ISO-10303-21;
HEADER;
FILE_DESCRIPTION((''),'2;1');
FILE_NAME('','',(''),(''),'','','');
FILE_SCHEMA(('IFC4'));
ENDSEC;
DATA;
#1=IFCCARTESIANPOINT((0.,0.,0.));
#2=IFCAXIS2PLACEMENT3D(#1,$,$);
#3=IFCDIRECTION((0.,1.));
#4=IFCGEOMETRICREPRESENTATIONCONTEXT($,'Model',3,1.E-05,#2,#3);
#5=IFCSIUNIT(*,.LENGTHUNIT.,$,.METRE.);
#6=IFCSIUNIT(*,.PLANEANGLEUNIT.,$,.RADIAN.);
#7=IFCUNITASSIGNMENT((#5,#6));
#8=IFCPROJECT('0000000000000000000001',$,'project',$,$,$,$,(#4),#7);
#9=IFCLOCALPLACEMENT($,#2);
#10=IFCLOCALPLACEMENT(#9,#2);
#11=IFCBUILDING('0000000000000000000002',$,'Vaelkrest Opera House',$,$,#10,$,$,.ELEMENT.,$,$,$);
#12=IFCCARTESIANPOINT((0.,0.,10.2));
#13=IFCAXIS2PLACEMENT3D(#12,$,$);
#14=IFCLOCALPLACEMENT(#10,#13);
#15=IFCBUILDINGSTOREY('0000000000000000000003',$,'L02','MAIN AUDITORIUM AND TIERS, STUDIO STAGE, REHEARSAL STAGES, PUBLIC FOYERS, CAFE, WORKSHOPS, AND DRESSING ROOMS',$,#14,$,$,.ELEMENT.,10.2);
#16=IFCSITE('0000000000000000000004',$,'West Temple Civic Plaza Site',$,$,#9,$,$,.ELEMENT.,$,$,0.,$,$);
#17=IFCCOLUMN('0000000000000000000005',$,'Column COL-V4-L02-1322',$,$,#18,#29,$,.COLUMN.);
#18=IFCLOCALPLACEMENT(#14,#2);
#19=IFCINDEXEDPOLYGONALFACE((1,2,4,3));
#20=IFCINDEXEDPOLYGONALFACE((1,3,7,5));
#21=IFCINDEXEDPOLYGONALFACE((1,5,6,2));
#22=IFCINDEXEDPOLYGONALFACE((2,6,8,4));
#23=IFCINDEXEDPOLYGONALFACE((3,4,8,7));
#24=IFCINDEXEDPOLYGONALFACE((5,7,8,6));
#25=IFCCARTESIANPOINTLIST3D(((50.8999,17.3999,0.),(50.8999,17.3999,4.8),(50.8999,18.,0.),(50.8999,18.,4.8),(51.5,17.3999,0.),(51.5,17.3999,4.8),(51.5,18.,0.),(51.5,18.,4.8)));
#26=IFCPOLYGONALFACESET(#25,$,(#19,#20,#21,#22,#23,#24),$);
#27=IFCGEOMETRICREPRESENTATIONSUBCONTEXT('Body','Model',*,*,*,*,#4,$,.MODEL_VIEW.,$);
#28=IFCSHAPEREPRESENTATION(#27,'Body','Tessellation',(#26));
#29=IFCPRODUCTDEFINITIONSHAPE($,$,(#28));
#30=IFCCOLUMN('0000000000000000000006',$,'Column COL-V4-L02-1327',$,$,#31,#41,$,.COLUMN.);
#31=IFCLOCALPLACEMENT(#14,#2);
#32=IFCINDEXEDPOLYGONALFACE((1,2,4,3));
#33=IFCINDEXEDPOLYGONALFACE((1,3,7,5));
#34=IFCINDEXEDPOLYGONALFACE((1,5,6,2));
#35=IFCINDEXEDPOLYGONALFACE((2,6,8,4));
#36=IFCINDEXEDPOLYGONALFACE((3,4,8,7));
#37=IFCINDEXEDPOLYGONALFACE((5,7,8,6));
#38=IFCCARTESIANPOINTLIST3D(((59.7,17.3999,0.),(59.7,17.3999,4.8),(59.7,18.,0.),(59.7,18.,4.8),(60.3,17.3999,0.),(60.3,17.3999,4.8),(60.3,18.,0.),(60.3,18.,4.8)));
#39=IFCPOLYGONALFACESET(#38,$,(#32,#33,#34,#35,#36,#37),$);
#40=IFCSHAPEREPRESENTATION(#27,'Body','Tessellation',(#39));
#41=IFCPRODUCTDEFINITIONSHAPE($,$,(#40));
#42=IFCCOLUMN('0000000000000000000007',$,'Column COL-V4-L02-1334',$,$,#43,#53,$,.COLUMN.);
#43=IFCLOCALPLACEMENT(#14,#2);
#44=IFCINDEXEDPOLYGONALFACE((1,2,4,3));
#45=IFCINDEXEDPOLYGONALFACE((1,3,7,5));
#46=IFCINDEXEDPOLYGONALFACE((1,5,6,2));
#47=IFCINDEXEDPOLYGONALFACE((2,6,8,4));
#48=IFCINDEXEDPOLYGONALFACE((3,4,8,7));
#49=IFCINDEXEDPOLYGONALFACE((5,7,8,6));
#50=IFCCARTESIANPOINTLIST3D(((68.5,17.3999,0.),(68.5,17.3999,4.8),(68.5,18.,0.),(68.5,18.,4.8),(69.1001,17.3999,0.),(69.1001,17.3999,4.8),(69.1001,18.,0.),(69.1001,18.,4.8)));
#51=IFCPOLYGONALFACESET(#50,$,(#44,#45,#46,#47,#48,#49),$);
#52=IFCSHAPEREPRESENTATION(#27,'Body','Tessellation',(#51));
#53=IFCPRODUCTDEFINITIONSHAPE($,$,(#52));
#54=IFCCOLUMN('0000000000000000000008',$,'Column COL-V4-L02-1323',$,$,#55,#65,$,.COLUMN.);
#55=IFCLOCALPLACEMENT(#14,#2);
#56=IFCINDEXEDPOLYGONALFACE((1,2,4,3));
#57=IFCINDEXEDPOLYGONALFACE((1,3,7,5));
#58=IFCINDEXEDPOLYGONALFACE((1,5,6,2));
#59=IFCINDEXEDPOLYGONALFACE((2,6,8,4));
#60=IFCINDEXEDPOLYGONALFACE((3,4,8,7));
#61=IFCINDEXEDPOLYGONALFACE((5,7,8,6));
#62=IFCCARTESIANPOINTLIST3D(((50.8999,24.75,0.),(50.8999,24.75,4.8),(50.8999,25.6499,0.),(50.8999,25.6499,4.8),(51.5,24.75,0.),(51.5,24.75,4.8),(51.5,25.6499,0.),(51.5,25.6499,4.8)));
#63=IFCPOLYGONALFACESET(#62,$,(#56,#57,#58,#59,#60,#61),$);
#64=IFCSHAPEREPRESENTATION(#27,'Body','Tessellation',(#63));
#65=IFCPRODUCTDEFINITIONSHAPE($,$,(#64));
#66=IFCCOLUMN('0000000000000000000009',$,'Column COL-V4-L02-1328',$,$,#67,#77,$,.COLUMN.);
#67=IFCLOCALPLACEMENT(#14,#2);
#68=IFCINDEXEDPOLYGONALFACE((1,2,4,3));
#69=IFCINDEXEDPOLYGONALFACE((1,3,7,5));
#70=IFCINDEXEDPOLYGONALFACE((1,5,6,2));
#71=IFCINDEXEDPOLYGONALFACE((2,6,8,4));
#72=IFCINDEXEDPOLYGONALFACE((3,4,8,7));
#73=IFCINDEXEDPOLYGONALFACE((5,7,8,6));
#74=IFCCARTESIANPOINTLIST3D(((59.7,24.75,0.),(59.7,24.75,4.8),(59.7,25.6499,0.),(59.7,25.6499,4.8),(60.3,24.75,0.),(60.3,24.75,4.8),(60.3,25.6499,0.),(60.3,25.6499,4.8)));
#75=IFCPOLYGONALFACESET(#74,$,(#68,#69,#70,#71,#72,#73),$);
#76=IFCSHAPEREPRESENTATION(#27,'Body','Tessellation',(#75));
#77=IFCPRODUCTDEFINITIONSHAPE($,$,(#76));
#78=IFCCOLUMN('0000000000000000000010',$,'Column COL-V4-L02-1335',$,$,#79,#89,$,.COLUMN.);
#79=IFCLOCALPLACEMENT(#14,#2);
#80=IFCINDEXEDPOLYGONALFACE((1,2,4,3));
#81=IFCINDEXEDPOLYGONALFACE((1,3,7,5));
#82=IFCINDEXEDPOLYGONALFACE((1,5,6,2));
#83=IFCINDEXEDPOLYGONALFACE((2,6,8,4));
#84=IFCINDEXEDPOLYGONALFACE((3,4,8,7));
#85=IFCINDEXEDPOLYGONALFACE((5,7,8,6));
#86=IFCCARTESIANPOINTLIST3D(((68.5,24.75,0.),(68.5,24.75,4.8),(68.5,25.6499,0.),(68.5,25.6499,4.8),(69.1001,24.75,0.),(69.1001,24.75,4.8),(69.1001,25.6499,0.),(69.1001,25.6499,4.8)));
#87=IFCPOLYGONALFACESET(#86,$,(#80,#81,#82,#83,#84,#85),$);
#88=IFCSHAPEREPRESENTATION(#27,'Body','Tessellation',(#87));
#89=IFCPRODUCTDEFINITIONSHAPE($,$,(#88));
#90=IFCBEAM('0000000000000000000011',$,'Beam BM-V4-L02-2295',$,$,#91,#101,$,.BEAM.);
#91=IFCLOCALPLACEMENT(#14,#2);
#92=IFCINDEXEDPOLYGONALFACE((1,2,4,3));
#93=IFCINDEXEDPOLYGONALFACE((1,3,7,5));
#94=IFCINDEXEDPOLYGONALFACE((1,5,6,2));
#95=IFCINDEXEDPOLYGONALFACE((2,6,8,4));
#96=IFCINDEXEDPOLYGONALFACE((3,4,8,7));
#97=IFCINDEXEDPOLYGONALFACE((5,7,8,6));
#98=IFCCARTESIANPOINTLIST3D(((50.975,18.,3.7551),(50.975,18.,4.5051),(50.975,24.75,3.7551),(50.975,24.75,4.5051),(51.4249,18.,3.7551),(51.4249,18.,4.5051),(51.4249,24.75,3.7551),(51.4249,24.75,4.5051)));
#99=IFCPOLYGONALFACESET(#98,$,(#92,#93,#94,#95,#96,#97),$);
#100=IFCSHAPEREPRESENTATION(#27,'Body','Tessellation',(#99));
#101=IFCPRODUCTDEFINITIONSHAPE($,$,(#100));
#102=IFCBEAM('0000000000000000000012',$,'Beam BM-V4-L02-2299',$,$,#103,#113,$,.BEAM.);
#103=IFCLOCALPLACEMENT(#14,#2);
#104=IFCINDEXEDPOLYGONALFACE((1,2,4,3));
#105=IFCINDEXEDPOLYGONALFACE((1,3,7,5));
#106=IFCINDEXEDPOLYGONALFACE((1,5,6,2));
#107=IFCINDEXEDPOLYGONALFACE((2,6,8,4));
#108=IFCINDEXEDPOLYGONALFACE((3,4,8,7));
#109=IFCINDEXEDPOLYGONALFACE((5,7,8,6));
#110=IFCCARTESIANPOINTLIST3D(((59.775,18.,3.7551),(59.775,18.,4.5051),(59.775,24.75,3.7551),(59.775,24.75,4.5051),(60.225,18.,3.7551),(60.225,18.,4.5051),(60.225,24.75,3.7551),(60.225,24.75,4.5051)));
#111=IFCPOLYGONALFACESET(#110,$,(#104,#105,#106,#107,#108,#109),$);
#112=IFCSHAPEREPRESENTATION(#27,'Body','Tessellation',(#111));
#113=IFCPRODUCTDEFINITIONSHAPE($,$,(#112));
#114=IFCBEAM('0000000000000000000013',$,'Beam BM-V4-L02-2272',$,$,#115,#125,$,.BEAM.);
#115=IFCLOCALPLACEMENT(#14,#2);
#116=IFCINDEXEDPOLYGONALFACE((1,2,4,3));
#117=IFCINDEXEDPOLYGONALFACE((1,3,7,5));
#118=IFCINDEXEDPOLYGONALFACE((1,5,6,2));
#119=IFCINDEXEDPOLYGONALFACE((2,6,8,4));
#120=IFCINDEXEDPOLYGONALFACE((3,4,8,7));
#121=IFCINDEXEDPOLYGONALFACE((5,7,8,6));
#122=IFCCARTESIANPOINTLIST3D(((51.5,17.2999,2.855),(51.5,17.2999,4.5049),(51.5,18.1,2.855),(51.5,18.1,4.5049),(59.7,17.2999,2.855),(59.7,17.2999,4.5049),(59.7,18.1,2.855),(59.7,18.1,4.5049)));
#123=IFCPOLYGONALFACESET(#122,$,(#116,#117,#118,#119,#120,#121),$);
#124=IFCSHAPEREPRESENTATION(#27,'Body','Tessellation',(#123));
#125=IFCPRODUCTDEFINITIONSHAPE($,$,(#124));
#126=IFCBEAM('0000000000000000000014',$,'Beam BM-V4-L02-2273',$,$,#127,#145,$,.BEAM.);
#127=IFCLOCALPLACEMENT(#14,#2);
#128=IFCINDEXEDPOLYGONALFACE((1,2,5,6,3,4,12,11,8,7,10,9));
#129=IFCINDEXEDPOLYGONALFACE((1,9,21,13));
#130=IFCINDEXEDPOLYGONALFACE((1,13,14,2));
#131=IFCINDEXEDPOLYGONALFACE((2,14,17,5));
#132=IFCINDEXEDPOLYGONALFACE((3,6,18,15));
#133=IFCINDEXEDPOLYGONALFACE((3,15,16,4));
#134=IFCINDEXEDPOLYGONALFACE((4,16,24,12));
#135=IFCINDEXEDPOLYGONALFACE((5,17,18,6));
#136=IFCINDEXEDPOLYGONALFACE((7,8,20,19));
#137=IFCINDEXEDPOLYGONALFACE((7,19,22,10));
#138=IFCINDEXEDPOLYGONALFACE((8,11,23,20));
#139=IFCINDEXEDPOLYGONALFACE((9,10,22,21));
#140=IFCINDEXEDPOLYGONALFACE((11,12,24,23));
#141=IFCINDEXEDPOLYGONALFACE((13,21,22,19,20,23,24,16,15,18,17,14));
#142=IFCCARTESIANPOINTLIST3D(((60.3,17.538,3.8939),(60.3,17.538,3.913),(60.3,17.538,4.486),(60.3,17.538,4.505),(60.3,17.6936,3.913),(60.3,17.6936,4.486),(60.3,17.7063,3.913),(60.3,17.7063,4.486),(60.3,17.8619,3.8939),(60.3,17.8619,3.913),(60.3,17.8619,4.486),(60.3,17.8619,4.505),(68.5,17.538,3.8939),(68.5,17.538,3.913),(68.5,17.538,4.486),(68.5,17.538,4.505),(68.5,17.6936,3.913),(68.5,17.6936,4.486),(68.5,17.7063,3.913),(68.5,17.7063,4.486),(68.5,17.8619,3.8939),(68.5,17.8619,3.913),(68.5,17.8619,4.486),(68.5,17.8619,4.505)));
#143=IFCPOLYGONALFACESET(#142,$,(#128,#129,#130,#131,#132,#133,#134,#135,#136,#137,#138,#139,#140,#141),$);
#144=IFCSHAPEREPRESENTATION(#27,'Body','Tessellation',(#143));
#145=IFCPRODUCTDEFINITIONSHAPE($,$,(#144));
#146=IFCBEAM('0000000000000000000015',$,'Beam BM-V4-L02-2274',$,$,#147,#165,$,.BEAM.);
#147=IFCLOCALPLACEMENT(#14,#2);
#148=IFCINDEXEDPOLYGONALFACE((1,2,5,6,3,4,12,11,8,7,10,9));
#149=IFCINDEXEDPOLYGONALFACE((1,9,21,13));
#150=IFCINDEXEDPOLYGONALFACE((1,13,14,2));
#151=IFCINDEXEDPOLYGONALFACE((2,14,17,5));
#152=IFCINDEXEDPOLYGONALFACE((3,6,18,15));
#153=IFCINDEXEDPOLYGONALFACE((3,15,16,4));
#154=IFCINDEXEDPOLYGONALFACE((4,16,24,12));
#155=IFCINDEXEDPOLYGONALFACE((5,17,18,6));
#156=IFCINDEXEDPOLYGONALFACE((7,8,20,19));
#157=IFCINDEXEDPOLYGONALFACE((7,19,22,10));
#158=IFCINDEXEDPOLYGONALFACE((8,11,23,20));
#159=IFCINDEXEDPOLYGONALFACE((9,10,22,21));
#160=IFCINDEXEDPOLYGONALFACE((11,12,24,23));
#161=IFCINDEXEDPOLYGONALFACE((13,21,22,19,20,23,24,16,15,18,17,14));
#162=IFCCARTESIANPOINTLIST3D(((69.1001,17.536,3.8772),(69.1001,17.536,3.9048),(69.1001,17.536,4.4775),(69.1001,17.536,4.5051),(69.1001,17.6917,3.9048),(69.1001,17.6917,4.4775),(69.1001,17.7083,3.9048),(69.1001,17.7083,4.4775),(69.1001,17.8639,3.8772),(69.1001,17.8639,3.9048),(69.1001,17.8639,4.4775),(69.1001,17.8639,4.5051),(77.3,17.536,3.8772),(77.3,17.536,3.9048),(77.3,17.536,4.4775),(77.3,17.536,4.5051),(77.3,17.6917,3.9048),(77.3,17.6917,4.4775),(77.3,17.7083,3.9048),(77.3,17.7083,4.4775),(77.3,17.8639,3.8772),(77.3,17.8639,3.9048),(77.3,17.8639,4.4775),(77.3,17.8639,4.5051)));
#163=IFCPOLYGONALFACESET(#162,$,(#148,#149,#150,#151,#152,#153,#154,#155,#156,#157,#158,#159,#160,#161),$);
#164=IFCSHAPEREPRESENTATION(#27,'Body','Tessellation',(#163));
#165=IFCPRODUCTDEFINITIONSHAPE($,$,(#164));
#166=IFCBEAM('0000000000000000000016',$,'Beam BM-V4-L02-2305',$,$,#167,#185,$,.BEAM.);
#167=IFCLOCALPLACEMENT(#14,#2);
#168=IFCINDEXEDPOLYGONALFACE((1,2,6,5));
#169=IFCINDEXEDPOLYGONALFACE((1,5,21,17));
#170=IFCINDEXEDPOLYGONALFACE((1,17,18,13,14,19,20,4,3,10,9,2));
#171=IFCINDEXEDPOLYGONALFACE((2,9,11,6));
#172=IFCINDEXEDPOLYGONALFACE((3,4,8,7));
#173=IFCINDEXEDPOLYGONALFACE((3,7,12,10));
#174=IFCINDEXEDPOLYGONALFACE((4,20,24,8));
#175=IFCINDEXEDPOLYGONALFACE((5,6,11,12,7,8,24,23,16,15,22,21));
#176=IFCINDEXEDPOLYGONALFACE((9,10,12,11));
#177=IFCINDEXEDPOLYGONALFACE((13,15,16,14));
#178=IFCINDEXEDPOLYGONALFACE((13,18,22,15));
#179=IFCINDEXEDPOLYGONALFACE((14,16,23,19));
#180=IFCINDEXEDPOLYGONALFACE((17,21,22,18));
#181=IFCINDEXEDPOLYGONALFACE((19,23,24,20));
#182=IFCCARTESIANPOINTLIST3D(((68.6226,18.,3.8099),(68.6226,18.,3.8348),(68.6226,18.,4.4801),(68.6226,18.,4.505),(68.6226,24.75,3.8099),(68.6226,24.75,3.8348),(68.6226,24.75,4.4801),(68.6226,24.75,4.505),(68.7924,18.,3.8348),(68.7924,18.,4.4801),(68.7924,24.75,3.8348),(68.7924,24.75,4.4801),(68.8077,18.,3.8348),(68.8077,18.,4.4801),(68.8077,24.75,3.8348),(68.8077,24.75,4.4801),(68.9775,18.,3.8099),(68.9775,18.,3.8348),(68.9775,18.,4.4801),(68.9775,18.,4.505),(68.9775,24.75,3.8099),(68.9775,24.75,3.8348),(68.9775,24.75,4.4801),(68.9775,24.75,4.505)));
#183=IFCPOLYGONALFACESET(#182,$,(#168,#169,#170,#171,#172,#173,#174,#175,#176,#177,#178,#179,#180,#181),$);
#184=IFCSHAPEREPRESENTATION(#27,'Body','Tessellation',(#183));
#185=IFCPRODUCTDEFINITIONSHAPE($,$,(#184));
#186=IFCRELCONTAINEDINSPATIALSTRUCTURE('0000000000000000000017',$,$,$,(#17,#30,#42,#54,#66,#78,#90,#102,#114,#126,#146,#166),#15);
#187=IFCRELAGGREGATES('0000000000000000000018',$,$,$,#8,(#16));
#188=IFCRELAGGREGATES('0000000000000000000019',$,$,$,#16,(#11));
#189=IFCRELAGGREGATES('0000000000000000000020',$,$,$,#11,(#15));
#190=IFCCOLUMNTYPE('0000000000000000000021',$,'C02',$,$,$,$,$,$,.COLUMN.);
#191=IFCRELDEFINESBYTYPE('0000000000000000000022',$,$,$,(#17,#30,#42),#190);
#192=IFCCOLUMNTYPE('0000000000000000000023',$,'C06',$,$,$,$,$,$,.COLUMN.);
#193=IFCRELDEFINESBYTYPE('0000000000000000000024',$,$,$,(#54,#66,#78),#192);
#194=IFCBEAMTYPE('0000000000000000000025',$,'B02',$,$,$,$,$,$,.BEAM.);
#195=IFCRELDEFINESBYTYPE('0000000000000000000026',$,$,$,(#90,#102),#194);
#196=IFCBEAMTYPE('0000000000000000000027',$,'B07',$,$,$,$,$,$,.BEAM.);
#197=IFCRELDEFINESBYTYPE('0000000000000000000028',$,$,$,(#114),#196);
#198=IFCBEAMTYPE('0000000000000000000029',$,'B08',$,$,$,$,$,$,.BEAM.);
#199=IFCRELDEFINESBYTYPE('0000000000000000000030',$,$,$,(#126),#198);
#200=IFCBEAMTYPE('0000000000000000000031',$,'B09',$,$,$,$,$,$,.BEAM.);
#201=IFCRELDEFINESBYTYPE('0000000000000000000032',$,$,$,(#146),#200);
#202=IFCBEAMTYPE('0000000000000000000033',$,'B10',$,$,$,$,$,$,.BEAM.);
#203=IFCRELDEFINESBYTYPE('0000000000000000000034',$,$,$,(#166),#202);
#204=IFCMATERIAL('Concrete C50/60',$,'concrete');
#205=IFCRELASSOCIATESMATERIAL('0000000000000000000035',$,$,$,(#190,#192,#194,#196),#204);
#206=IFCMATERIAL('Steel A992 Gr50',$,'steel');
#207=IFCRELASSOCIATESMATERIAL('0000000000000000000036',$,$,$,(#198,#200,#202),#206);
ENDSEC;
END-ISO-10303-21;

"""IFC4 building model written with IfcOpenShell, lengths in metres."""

from ifc_helpers import new_model, si_unit, direction, frame, origin, origin_2d, place, context, subcontext, project, spatial, rectangle, i_section, extrude, material, material_profile, profile_set, type_object, element, save


model = new_model("IFC4")

# Units and contexts
model_context = context("Model", 3, precision=1e-05, world=origin(), true_north=direction((0.0, 1.0)))
body_context = subcontext(model_context, "Body", "Model", "MODEL_VIEW")
ifc_project = project(units=[si_unit("LENGTHUNIT", "METRE"), si_unit("PLANEANGLEUNIT", "RADIAN")], contexts=[model_context])

# Site, building, storey
site_placement = place(None, origin())
site = spatial("IfcSite", under=ifc_project, at=site_placement, Name="West Temple Civic Plaza Site", CompositionType="ELEMENT", RefElevation=0.0)
building_placement = place(site_placement, origin())
building = spatial("IfcBuilding", under=site, at=building_placement, Name="Vaelkrest Opera House", CompositionType="ELEMENT")
storey_placement = place(building_placement, frame((0.0, 0.0, 10.2)))
storey = spatial("IfcBuildingStorey", under=building, at=storey_placement, Name="L02", Description="MAIN AUDITORIUM AND TIERS, STUDIO STAGE, REHEARSAL STAGES, PUBLIC FOYERS, CAFE, WORKSHOPS, AND DRESSING ROOMS", CompositionType="ELEMENT", Elevation=10.2)

# Columns
ifc_material_1 = material(Name="Concrete C50/60", Category="concrete")
ifc_material_profile_1 = material_profile(ifc_material_1, rectangle(XDim=0.6001, YDim=0.6001, at=origin_2d()), Name="RC600X600")
ifc_profile_set_1 = profile_set([ifc_material_profile_1], Name="Concrete C50/60")
column_type_1 = type_object("IfcColumnType", Name="C02", PredefinedType="COLUMN", material=ifc_profile_set_1)
for number, where, z_axis, x_axis, name in (
    (1, (51.2, 17.7, 0.0), (0.0, 0.0, 1.0), (1.0, 0.0, 0.0), "Column COL-V4-L02-1322"),
    (2, (60.0, 17.7, 0.0), (0.0, 0.0, 1.0), (1.0, 0.0, 0.0), "Column COL-V4-L02-1327"),
    (3, (68.8, 17.7, 0.0), (0.0, 0.0, 1.0), (1.0, 0.0, 0.0), "Column COL-V4-L02-1334"),
):
    element("IfcColumn", number, at=place(storey_placement, frame(where, z_axis=z_axis, x_axis=x_axis)), inside=storey, type_object=column_type_1, Name=name, PredefinedType="COLUMN", context=body_context, shape_type="SweptSolid", body=[
        extrude(rectangle(XDim=0.6001, YDim=0.6001, at=origin_2d()), origin(), (0.0, 0.0, 1.0), 4.8),
    ])
ifc_material_profile_2 = material_profile(ifc_material_1, rectangle(XDim=0.6001, YDim=0.8999, at=origin_2d()), Name="RC600X900")
ifc_profile_set_2 = profile_set([ifc_material_profile_2], Name="Concrete C50/60")
column_type_2 = type_object("IfcColumnType", Name="C06", PredefinedType="COLUMN", material=ifc_profile_set_2)
for number, where, z_axis, x_axis, name in (
    (4, (51.2, 25.2, 0.0), (0.0, 0.0, 1.0), (1.0, 0.0, 0.0), "Column COL-V4-L02-1323"),
    (5, (60.0, 25.2, 0.0), (0.0, 0.0, 1.0), (1.0, 0.0, 0.0), "Column COL-V4-L02-1328"),
    (6, (68.8, 25.2, 0.0), (0.0, 0.0, 1.0), (1.0, 0.0, 0.0), "Column COL-V4-L02-1335"),
):
    element("IfcColumn", number, at=place(storey_placement, frame(where, z_axis=z_axis, x_axis=x_axis)), inside=storey, type_object=column_type_2, Name=name, PredefinedType="COLUMN", context=body_context, shape_type="SweptSolid", body=[
        extrude(rectangle(XDim=0.6001, YDim=0.8999, at=origin_2d()), origin(), (0.0, 0.0, 1.0), 4.8),
    ])

# Beams
ifc_material_profile_3 = material_profile(ifc_material_1, rectangle(XDim=0.45, YDim=0.75, at=origin_2d()), Name="RCB450X750")
ifc_profile_set_3 = profile_set([ifc_material_profile_3], Name="Concrete C50/60")
beam_type_1 = type_object("IfcBeamType", Name="B02", PredefinedType="BEAM", material=ifc_profile_set_3)
for number, where, z_axis, x_axis, name in (
    (7, (51.2, 18.0, 4.1301), (0.0, 1.0, 0.0), (-1.0, 0.0, 0.0), "Beam BM-V4-L02-2295"),
    (8, (60.0, 18.0, 4.1301), (0.0, 1.0, 0.0), (-1.0, 0.0, 0.0), "Beam BM-V4-L02-2299"),
):
    element("IfcBeam", number, at=place(storey_placement, frame(where, z_axis=z_axis, x_axis=x_axis)), inside=storey, type_object=beam_type_1, Name=name, PredefinedType="BEAM", context=body_context, shape_type="SweptSolid", body=[
        extrude(rectangle(XDim=0.45, YDim=0.75, at=origin_2d()), origin(), (0.0, 0.0, 1.0), 6.75),
    ])
ifc_material_profile_4 = material_profile(ifc_material_1, rectangle(XDim=0.8, YDim=1.6499, at=origin_2d()), Name="RCB800X1650")
ifc_profile_set_4 = profile_set([ifc_material_profile_4], Name="Concrete C50/60")
beam_type_2 = type_object("IfcBeamType", Name="B07", PredefinedType="BEAM", material=ifc_profile_set_4)
beam_1_placement = place(storey_placement, frame((51.5, 17.7, 3.6799), z_axis=(1.0, 0.0, 0.0), x_axis=(0.0, 1.0, 0.0)))
element("IfcBeam", 9, at=beam_1_placement, inside=storey, type_object=beam_type_2, Name="Beam BM-V4-L02-2272", PredefinedType="BEAM", context=body_context, shape_type="SweptSolid", body=[
    extrude(rectangle(XDim=0.8, YDim=1.6499, at=origin_2d()), origin(), (0.0, 0.0, 1.0), 8.2),
])
ifc_material_2 = material(Name="Steel A992 Gr50", Category="steel")
ifc_material_profile_5 = material_profile(ifc_material_2, i_section(OverallWidth=0.324, OverallDepth=0.6111, WebThickness=0.0127, FlangeThickness=0.019, at=origin_2d()), Name="W24X104")
ifc_profile_set_5 = profile_set([ifc_material_profile_5], Name="Steel A992 Gr50")
beam_type_3 = type_object("IfcBeamType", Name="B08", PredefinedType="BEAM", material=ifc_profile_set_5)
beam_2_placement = place(storey_placement, frame((60.3, 17.7, 4.1995), z_axis=(1.0, 0.0, 0.0), x_axis=(0.0, 1.0, 0.0)))
element("IfcBeam", 10, at=beam_2_placement, inside=storey, type_object=beam_type_3, Name="Beam BM-V4-L02-2273", PredefinedType="BEAM", context=body_context, shape_type="SweptSolid", body=[
    extrude(i_section(OverallWidth=0.324, OverallDepth=0.6111, WebThickness=0.0127, FlangeThickness=0.019, at=origin_2d()), origin(), (0.0, 0.0, 1.0), 8.2),
])
ifc_material_profile_6 = material_profile(ifc_material_2, i_section(OverallWidth=0.3279, OverallDepth=0.6279, WebThickness=0.0166, FlangeThickness=0.0276, at=origin_2d()), Name="W24X146")
ifc_profile_set_6 = profile_set([ifc_material_profile_6], Name="Steel A992 Gr50")
beam_type_4 = type_object("IfcBeamType", Name="B09", PredefinedType="BEAM", material=ifc_profile_set_6)
beam_3_placement = place(storey_placement, frame((69.1001, 17.7, 4.1912), z_axis=(1.0, 0.0, 0.0), x_axis=(0.0, 1.0, 0.0)))
element("IfcBeam", 11, at=beam_3_placement, inside=storey, type_object=beam_type_4, Name="Beam BM-V4-L02-2274", PredefinedType="BEAM", context=body_context, shape_type="SweptSolid", body=[
    extrude(i_section(OverallWidth=0.3279, OverallDepth=0.6279, WebThickness=0.0166, FlangeThickness=0.0276, at=origin_2d()), origin(), (0.0, 0.0, 1.0), 8.2),
])
ifc_material_profile_7 = material_profile(ifc_material_2, i_section(OverallWidth=0.355, OverallDepth=0.6951, WebThickness=0.0154, FlangeThickness=0.0249, at=origin_2d()), Name="W27X146")
ifc_profile_set_7 = profile_set([ifc_material_profile_7], Name="Steel A992 Gr50")
beam_type_5 = type_object("IfcBeamType", Name="B10", PredefinedType="BEAM", material=ifc_profile_set_7)
beam_4_placement = place(storey_placement, frame((68.8, 18.0, 4.1575), z_axis=(0.0, 1.0, 0.0), x_axis=(-1.0, 0.0, 0.0)))
element("IfcBeam", 12, at=beam_4_placement, inside=storey, type_object=beam_type_5, Name="Beam BM-V4-L02-2305", PredefinedType="BEAM", context=body_context, shape_type="SweptSolid", body=[
    extrude(i_section(OverallWidth=0.355, OverallDepth=0.6951, WebThickness=0.0154, FlangeThickness=0.0249, at=origin_2d()), origin(), (0.0, 0.0, 1.0), 6.75),
])

save(model, "model.ifc")
